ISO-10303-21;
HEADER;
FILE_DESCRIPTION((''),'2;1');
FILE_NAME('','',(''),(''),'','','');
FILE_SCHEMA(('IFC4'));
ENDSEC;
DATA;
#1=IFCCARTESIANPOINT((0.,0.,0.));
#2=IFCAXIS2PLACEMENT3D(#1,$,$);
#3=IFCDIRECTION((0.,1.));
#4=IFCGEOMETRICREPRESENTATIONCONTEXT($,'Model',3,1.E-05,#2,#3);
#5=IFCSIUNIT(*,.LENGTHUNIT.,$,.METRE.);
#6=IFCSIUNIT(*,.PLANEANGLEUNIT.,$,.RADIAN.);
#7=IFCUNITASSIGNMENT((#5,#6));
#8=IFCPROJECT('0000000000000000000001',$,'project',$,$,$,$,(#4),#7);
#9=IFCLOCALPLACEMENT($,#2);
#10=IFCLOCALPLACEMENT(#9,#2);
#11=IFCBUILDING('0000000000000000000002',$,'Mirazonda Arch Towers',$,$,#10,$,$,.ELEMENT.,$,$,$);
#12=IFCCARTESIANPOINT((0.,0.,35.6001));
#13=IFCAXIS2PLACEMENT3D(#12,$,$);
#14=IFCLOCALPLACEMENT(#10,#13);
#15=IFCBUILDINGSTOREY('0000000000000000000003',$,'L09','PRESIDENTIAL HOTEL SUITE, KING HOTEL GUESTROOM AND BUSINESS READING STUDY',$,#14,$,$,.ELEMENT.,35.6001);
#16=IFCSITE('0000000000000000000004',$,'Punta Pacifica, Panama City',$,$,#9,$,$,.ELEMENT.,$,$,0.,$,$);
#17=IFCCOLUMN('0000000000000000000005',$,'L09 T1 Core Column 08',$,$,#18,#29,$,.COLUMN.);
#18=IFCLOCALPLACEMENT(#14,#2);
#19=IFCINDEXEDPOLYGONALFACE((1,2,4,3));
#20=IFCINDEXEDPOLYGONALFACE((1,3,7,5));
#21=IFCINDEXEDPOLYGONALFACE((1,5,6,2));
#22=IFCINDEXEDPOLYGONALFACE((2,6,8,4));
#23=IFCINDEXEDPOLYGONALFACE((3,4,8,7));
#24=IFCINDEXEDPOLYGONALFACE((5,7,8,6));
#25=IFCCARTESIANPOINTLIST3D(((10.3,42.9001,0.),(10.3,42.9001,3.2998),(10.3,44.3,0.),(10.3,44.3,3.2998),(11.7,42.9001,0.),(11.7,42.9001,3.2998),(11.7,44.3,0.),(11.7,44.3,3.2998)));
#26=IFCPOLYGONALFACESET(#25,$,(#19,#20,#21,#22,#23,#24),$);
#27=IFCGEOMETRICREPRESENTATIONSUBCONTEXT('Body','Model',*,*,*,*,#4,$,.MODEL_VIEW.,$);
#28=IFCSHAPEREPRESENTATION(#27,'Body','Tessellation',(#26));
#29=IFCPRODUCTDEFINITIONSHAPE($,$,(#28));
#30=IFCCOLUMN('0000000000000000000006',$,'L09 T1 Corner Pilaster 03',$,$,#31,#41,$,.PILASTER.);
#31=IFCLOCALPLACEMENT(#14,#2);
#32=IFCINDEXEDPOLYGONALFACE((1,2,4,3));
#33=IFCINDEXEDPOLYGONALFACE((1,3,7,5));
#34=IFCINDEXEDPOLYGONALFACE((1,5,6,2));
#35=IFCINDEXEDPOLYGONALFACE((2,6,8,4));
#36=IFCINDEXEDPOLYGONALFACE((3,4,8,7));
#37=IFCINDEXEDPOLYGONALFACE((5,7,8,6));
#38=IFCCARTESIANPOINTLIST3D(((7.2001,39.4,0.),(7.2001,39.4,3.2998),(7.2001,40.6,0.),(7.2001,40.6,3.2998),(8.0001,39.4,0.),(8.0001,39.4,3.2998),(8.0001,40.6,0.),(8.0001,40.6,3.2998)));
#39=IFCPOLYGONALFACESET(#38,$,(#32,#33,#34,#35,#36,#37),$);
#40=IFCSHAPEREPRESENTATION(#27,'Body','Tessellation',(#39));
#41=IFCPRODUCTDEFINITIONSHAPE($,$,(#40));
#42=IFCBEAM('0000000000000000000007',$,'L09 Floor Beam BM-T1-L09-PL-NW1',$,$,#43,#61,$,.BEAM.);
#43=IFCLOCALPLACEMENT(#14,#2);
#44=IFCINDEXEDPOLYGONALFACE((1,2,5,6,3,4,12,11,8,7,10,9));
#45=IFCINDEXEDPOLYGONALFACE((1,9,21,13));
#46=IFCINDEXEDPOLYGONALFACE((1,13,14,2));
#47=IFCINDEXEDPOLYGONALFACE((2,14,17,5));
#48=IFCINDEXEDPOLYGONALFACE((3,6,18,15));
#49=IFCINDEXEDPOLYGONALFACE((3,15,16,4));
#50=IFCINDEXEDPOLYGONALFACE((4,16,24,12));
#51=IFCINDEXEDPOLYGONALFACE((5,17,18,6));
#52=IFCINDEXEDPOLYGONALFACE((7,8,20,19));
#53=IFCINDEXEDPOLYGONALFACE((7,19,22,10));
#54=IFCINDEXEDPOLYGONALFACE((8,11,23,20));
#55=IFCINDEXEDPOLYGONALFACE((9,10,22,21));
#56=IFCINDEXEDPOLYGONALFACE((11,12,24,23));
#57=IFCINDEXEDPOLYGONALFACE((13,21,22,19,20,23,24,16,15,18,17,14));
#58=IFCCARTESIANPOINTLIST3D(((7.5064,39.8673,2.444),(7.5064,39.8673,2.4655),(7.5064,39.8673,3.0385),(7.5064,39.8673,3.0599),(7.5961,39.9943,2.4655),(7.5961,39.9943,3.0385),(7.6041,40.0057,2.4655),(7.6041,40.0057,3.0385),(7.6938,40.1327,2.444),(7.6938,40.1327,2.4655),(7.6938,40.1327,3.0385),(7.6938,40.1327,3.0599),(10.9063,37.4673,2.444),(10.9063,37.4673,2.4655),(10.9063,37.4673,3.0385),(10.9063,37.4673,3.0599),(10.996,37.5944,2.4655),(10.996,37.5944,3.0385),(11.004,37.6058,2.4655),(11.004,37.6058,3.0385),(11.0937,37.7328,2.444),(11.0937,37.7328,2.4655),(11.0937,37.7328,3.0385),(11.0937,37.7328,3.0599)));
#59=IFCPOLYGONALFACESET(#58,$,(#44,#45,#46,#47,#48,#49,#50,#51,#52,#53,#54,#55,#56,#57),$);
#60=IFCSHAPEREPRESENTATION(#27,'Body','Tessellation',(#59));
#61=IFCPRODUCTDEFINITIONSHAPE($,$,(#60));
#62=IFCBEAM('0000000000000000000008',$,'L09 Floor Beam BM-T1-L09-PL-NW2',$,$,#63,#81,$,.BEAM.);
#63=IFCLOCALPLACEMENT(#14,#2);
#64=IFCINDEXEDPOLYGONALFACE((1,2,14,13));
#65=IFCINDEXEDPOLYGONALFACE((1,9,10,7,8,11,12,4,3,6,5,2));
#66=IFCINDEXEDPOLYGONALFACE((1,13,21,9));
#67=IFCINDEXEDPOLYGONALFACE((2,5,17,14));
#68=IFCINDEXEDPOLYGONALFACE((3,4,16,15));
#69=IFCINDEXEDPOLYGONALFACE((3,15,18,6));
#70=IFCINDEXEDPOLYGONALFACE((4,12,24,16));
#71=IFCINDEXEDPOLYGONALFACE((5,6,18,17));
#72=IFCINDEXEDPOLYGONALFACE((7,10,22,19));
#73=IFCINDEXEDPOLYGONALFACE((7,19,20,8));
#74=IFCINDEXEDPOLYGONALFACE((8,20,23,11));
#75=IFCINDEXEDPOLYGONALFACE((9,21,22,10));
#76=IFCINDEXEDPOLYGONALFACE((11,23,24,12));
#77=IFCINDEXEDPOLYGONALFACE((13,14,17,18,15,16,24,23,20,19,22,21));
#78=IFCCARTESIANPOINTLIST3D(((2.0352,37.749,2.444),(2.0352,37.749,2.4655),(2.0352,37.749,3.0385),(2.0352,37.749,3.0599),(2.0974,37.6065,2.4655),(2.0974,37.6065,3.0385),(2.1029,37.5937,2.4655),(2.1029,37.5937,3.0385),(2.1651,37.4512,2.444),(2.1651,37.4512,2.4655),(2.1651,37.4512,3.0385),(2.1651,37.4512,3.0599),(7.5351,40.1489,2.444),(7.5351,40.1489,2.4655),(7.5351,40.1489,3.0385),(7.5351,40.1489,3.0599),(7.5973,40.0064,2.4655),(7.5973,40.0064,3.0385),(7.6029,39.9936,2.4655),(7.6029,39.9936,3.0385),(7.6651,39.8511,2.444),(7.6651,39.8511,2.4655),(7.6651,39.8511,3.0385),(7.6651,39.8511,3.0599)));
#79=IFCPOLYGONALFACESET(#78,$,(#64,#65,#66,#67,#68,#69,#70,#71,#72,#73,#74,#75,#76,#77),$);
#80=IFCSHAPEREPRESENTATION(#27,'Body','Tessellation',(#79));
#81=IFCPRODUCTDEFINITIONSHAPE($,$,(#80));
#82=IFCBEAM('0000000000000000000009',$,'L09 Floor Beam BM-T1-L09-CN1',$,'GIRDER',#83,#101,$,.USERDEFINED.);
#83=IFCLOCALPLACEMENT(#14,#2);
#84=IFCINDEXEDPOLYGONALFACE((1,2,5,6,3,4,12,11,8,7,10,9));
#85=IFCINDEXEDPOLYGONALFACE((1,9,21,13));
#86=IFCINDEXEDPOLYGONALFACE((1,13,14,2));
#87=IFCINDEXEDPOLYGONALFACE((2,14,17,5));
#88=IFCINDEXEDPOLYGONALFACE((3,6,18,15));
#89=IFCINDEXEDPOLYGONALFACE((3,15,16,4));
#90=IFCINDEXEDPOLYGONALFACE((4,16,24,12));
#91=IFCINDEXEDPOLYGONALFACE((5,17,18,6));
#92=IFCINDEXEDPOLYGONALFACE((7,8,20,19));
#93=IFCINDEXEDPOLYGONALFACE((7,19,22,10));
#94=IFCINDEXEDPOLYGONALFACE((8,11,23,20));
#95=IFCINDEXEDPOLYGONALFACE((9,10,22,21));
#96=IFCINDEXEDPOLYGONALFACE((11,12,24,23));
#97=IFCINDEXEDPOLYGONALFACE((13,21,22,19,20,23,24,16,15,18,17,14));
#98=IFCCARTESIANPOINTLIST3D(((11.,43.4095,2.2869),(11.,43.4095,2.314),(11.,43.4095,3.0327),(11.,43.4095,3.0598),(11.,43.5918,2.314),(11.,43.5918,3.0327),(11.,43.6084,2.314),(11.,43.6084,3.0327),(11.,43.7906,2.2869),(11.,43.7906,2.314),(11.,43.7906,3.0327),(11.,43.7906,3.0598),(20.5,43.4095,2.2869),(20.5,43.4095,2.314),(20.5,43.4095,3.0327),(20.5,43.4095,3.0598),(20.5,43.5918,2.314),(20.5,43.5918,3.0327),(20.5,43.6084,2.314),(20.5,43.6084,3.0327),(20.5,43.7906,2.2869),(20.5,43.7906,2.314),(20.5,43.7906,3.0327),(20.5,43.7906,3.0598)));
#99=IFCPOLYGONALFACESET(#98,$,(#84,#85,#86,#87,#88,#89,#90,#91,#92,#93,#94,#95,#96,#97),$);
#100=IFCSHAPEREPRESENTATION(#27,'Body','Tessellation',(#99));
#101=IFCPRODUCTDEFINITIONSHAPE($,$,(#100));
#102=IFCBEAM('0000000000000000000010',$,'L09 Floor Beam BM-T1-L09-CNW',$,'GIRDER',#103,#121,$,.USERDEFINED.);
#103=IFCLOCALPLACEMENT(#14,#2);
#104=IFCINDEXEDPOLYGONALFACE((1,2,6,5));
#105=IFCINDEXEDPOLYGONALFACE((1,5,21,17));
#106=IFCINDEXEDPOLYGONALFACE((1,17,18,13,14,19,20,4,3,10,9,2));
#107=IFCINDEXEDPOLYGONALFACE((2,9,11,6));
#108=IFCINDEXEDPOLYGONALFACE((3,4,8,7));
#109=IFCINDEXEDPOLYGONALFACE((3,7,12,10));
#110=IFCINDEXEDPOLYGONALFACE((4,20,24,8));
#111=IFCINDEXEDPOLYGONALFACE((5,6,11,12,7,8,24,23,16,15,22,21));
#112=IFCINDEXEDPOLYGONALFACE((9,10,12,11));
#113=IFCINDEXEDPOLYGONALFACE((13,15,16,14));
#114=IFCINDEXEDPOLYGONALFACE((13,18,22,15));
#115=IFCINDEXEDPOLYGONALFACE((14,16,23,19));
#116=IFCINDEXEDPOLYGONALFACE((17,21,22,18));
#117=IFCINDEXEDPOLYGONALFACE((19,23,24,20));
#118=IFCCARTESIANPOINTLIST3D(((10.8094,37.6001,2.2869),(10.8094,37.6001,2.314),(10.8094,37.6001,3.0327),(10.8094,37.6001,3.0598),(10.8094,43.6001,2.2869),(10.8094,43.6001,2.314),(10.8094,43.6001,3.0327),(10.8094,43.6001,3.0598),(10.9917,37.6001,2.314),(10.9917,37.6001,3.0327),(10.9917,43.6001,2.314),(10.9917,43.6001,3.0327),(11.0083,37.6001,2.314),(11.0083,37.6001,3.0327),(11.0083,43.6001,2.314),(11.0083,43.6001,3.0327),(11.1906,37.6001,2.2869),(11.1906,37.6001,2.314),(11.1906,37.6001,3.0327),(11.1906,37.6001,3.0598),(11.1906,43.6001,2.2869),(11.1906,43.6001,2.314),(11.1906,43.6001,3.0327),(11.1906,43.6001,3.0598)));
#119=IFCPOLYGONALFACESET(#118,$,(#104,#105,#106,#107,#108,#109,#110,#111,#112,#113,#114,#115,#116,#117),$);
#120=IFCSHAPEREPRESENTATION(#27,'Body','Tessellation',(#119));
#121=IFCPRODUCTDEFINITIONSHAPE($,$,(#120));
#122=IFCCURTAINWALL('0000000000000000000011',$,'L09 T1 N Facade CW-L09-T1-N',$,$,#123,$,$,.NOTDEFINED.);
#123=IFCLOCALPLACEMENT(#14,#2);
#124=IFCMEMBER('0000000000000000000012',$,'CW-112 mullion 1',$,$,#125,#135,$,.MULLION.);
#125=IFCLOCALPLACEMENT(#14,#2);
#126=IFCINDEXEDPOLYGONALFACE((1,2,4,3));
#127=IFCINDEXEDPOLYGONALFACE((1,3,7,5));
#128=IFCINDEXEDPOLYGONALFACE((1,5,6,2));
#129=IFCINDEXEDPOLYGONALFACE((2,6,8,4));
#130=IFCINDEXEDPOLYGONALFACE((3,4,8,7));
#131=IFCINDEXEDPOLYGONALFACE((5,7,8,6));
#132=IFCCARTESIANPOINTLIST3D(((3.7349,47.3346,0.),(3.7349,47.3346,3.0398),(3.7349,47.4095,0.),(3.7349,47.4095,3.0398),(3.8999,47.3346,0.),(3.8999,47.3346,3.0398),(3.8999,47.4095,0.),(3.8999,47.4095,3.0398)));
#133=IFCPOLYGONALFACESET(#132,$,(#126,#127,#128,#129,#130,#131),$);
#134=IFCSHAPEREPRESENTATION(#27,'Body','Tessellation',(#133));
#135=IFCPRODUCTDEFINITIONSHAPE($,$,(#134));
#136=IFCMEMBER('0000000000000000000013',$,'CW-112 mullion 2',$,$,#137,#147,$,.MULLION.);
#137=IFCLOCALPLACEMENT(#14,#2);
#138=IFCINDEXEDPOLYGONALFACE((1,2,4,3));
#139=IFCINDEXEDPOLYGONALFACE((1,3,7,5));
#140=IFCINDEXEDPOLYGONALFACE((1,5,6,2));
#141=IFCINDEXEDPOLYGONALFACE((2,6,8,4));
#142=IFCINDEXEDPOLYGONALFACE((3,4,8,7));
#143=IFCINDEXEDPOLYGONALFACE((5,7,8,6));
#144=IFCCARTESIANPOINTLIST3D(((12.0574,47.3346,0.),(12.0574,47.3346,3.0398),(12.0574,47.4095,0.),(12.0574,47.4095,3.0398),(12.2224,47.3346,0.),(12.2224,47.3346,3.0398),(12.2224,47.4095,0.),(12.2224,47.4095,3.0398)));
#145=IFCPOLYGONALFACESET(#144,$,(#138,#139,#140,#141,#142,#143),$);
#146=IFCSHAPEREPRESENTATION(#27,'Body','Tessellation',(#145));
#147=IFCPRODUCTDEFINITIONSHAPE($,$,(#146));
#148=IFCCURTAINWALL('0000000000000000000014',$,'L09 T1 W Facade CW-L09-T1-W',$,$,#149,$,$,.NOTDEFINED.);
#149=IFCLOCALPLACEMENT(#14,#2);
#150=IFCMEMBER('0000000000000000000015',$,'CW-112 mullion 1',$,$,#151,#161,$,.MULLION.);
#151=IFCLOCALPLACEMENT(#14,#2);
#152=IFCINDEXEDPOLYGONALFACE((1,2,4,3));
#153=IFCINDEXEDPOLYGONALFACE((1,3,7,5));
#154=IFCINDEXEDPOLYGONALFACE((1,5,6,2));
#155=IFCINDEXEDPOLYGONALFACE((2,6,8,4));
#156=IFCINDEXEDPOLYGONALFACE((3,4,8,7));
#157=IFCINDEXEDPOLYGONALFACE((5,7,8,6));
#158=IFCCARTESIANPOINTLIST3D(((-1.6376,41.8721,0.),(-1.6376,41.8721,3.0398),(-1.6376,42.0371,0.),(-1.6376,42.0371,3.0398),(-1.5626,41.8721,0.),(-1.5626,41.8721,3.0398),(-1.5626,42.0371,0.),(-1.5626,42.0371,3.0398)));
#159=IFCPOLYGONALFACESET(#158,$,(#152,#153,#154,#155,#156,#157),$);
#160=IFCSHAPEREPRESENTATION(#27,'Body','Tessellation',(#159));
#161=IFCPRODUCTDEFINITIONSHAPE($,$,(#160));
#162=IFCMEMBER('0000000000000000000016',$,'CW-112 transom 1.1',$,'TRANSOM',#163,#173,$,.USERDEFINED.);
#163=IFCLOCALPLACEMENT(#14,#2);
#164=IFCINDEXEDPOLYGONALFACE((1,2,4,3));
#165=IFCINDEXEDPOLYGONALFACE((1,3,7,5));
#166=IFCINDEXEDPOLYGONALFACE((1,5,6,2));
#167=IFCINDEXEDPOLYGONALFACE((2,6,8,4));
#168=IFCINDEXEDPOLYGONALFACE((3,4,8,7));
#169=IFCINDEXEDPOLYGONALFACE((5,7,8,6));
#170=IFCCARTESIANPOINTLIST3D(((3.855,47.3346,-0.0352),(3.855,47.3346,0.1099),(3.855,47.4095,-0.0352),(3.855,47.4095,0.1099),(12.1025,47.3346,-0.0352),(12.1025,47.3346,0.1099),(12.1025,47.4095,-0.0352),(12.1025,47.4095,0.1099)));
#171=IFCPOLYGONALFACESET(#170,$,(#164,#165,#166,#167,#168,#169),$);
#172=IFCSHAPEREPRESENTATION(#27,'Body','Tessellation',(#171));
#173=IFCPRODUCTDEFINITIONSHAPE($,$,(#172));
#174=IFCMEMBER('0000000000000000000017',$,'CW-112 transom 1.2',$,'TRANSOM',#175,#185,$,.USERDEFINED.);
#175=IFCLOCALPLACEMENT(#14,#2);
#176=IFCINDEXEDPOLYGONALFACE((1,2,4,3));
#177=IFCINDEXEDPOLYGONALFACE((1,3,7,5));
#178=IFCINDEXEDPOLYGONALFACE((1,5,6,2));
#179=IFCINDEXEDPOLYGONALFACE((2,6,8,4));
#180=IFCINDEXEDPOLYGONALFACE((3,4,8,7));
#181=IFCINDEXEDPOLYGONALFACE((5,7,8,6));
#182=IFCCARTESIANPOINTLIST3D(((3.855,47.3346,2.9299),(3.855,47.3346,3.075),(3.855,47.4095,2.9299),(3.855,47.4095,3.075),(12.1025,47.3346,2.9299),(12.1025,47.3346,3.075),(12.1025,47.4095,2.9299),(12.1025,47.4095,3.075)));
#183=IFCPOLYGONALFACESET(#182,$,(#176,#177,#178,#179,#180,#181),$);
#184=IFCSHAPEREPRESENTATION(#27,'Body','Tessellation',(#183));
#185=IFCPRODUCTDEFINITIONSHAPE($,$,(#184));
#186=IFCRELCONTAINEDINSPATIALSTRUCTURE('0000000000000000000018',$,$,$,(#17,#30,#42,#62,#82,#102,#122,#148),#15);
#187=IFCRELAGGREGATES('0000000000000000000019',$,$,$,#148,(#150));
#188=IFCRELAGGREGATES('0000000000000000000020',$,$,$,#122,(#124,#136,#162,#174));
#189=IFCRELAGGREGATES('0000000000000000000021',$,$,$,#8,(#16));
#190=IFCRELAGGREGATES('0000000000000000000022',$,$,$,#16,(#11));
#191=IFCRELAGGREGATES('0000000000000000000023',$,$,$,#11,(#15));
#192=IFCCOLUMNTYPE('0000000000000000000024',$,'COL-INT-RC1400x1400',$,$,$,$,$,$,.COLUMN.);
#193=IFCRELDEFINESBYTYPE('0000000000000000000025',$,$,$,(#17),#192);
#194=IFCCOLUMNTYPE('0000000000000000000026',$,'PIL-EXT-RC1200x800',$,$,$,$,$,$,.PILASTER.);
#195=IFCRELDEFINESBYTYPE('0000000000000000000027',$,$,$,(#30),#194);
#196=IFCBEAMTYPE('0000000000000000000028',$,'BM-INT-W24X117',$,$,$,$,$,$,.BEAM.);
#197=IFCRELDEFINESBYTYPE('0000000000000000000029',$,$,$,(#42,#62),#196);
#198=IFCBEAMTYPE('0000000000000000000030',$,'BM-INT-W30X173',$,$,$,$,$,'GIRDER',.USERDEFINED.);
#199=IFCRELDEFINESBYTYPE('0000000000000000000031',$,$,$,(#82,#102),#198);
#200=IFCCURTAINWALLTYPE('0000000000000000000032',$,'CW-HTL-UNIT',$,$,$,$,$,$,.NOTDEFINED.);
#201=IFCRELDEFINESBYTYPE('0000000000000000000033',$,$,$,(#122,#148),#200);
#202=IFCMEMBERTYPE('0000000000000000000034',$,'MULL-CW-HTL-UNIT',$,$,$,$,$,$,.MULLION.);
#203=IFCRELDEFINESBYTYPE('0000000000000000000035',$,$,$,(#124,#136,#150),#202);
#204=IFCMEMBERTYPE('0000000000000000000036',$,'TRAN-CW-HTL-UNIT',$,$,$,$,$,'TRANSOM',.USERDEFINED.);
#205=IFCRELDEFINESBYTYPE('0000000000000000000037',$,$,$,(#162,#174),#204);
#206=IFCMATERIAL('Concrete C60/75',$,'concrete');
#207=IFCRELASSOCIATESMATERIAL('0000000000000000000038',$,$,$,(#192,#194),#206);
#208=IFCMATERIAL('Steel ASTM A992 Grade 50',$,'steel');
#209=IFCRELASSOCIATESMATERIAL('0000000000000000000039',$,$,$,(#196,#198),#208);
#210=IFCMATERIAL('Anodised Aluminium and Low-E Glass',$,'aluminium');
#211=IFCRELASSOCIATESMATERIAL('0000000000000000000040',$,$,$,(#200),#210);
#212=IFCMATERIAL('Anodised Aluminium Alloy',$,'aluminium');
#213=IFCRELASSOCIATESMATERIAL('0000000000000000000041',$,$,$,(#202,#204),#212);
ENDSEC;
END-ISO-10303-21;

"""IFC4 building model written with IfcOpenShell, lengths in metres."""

from ifc_helpers import new_model, si_unit, direction, frame, origin, origin_2d, place, context, subcontext, project, spatial, rectangle, i_section, extrude, material, material_profile, profile_set, type_object, element, aggregate, save


model = new_model("IFC4")

# Units and contexts
model_context = context("Model", 3, precision=1e-05, world=origin(), true_north=direction((0.0, 1.0)))
body_context = subcontext(model_context, "Body", "Model", "MODEL_VIEW")
ifc_project = project(units=[si_unit("LENGTHUNIT", "METRE"), si_unit("PLANEANGLEUNIT", "RADIAN")], contexts=[model_context])

# Site, building, storey
site_placement = place(None, origin())
site = spatial("IfcSite", under=ifc_project, at=site_placement, Name="Punta Pacifica, Panama City", CompositionType="ELEMENT", RefElevation=0.0)
building_placement = place(site_placement, origin())
building = spatial("IfcBuilding", under=site, at=building_placement, Name="Mirazonda Arch Towers", CompositionType="ELEMENT")
storey_placement = place(building_placement, frame((0.0, 0.0, 35.6001)))
storey = spatial("IfcBuildingStorey", under=building, at=storey_placement, Name="L09", Description="PRESIDENTIAL HOTEL SUITE, KING HOTEL GUESTROOM AND BUSINESS READING STUDY", CompositionType="ELEMENT", Elevation=35.6001)

# Columns
ifc_material_1 = material(Name="Concrete C60/75", Category="concrete")
ifc_material_profile_1 = material_profile(ifc_material_1, rectangle(XDim=1.3999, YDim=1.3999, at=origin_2d()), Name="RC1400x1400")
ifc_profile_set_1 = profile_set([ifc_material_profile_1], Name="Concrete C60/75")
column_type_1 = type_object("IfcColumnType", Name="COL-INT-RC1400x1400", PredefinedType="COLUMN", material=ifc_profile_set_1)
column_1_placement = place(storey_placement, frame((11.0, 43.6001, 0.0), z_axis=(0.0, 0.0, 1.0), x_axis=(1.0, 0.0, 0.0)))
element("IfcColumn", 1, at=column_1_placement, inside=storey, type_object=column_type_1, Name="L09 T1 Core Column 08", PredefinedType="COLUMN", context=body_context, shape_type="SweptSolid", body=[
    extrude(rectangle(XDim=1.3999, YDim=1.3999, at=origin_2d()), origin(), (0.0, 0.0, 1.0), 3.2998),
])
ifc_material_profile_2 = material_profile(ifc_material_1, rectangle(XDim=0.8, YDim=1.2, at=origin_2d()), Name="RC1200x800")
ifc_profile_set_2 = profile_set([ifc_material_profile_2], Name="Concrete C60/75")
column_type_2 = type_object("IfcColumnType", Name="PIL-EXT-RC1200x800", PredefinedType="PILASTER", material=ifc_profile_set_2)
column_2_placement = place(storey_placement, frame((7.6001, 40.0, 0.0), z_axis=(0.0, 0.0, 1.0), x_axis=(1.0, 0.0, 0.0)))
element("IfcColumn", 2, at=column_2_placement, inside=storey, type_object=column_type_2, Name="L09 T1 Corner Pilaster 03", PredefinedType="PILASTER", context=body_context, shape_type="SweptSolid", body=[
    extrude(rectangle(XDim=0.8, YDim=1.2, at=origin_2d()), origin(), (0.0, 0.0, 1.0), 3.2998),
])

# Beams
ifc_material_2 = material(Name="Steel ASTM A992 Grade 50", Category="steel")
ifc_material_profile_3 = material_profile(ifc_material_2, i_section(OverallWidth=0.325, OverallDepth=0.616, WebThickness=0.0139, FlangeThickness=0.0215, at=origin_2d()), Name="W24X117")
ifc_profile_set_3 = profile_set([ifc_material_profile_3], Name="Steel ASTM A992 Grade 50")
beam_type_1 = type_object("IfcBeamType", Name="BM-INT-W24X117", PredefinedType="BEAM", material=ifc_profile_set_3)
beam_1_placement = place(storey_placement, frame((7.6001, 40.0, 2.752), z_axis=(0.816971, -0.576679, 0.0), x_axis=(0.576679, 0.816971, 0.0)))
element("IfcBeam", 3, at=beam_1_placement, inside=storey, type_object=beam_type_1, Name="L09 Floor Beam BM-T1-L09-PL-NW1", PredefinedType="BEAM", context=body_context, shape_type="SweptSolid", body=[
    extrude(i_section(OverallWidth=0.325, OverallDepth=0.616, WebThickness=0.0139, FlangeThickness=0.0215, at=origin_2d()), origin(), (0.0, 0.0, 1.0), 4.1616),
])
beam_2_placement = place(storey_placement, frame((7.6001, 40.0, 2.752), z_axis=(-0.916545, -0.399931, 0.0), x_axis=(0.399931, -0.916545, 0.0)))
element("IfcBeam", 4, at=beam_2_placement, inside=storey, type_object=beam_type_1, Name="L09 Floor Beam BM-T1-L09-PL-NW2", PredefinedType="BEAM", context=body_context, shape_type="SweptSolid", body=[
    extrude(i_section(OverallWidth=0.325, OverallDepth=0.616, WebThickness=0.0139, FlangeThickness=0.0215, at=origin_2d()), origin(), (0.0, 0.0, 1.0), 6.0007),
])
ifc_material_profile_4 = material_profile(ifc_material_2, i_section(OverallWidth=0.3811, OverallDepth=0.7729, WebThickness=0.0166, FlangeThickness=0.0271, at=origin_2d()), Name="W30X173")
ifc_profile_set_4 = profile_set([ifc_material_profile_4], Name="Steel ASTM A992 Grade 50")
beam_type_2 = type_object("IfcBeamType", Name="BM-INT-W30X173", ElementType="GIRDER", PredefinedType="USERDEFINED", material=ifc_profile_set_4)
beam_3_placement = place(storey_placement, frame((11.0, 43.6001, 2.6733), z_axis=(1.0, 0.0, 0.0), x_axis=(0.0, 1.0, 0.0)))
element("IfcBeam", 5, at=beam_3_placement, inside=storey, type_object=beam_type_2, Name="L09 Floor Beam BM-T1-L09-CN1", ObjectType="GIRDER", PredefinedType="USERDEFINED", context=body_context, shape_type="SweptSolid", body=[
    extrude(i_section(OverallWidth=0.3811, OverallDepth=0.7729, WebThickness=0.0166, FlangeThickness=0.0271, at=origin_2d()), origin(), (0.0, 0.0, 1.0), 9.5),
])
beam_4_placement = place(storey_placement, frame((11.0, 37.6001, 2.6733), z_axis=(0.0, 1.0, 0.0), x_axis=(-1.0, 0.0, 0.0)))
element("IfcBeam", 6, at=beam_4_placement, inside=storey, type_object=beam_type_2, Name="L09 Floor Beam BM-T1-L09-CNW", ObjectType="GIRDER", PredefinedType="USERDEFINED", context=body_context, shape_type="SweptSolid", body=[
    extrude(i_section(OverallWidth=0.3811, OverallDepth=0.7729, WebThickness=0.0166, FlangeThickness=0.0271, at=origin_2d()), origin(), (0.0, 0.0, 1.0), 6.0),
])

# Curtain wall, members
ifc_material_3 = material(Name="Anodised Aluminium and Low-E Glass", Category="aluminium")
curtain_wall_type = type_object("IfcCurtainWallType", Name="CW-HTL-UNIT", PredefinedType="NOTDEFINED", material=ifc_material_3)
curtain_wall_1_placement = place(storey_placement, origin())
curtain_wall_1 = element("IfcCurtainWall", 7, at=curtain_wall_1_placement, inside=storey, type_object=curtain_wall_type, Name="L09 T1 N Facade CW-L09-T1-N", PredefinedType="NOTDEFINED")
ifc_material_4 = material(Name="Anodised Aluminium Alloy", Category="aluminium")
ifc_material_profile_5 = material_profile(ifc_material_4, rectangle(XDim=0.075, YDim=0.165, at=origin_2d()), Name="ALU-MULL-75x165")
ifc_profile_set_5 = profile_set([ifc_material_profile_5], Name="Anodised Aluminium Alloy")
member_type_1 = type_object("IfcMemberType", Name="MULL-CW-HTL-UNIT", PredefinedType="MULLION", material=ifc_profile_set_5)
member_1_placement = place(storey_placement, frame((3.8174, 47.3721, 0.0), z_axis=(0.0, 0.0, 1.0), x_axis=(0.0, 1.0, 0.0)))
member_1 = element("IfcMember", 8, at=member_1_placement, type_object=member_type_1, Name="CW-112 mullion 1", PredefinedType="MULLION", context=body_context, shape_type="SweptSolid", body=[
    extrude(rectangle(XDim=0.075, YDim=0.165, at=origin_2d()), origin(), (0.0, 0.0, 1.0), 3.0398),
])
member_2_placement = place(storey_placement, frame((12.1399, 47.3721, 0.0), z_axis=(0.0, 0.0, 1.0), x_axis=(0.0, 1.0, 0.0)))
member_2 = element("IfcMember", 9, at=member_2_placement, type_object=member_type_1, Name="CW-112 mullion 2", PredefinedType="MULLION", context=body_context, shape_type="SweptSolid", body=[
    extrude(rectangle(XDim=0.075, YDim=0.165, at=origin_2d()), origin(), (0.0, 0.0, 1.0), 3.0398),
])

# Curtain wall, member
curtain_wall_2_placement = place(storey_placement, origin())
curtain_wall_2 = element("IfcCurtainWall", 10, at=curtain_wall_2_placement, inside=storey, type_object=curtain_wall_type, Name="L09 T1 W Facade CW-L09-T1-W", PredefinedType="NOTDEFINED")
member_3_placement = place(storey_placement, frame((-1.6001, 41.9546, 0.0), z_axis=(0.0, 0.0, 1.0), x_axis=(1.0, 0.0, 0.0)))
member_3 = element("IfcMember", 11, at=member_3_placement, type_object=member_type_1, Name="CW-112 mullion 1", PredefinedType="MULLION", context=body_context, shape_type="SweptSolid", body=[
    extrude(rectangle(XDim=0.075, YDim=0.165, at=origin_2d()), origin(), (0.0, 0.0, 1.0), 3.0398),
])

# Members
ifc_material_profile_6 = material_profile(ifc_material_4, rectangle(XDim=0.075, YDim=0.145, at=origin_2d()), Name="ALU-TRAN-75x145")
ifc_profile_set_6 = profile_set([ifc_material_profile_6], Name="Anodised Aluminium Alloy")
member_type_2 = type_object("IfcMemberType", Name="TRAN-CW-HTL-UNIT", ElementType="TRANSOM", PredefinedType="USERDEFINED", material=ifc_profile_set_6)
member_4_placement = place(storey_placement, frame((3.855, 47.3721, 0.0374), z_axis=(1.0, 0.0, 0.0), x_axis=(0.0, 1.0, 0.0)))
member_4 = element("IfcMember", 12, at=member_4_placement, type_object=member_type_2, Name="CW-112 transom 1.1", ObjectType="TRANSOM", PredefinedType="USERDEFINED", context=body_context, shape_type="SweptSolid", body=[
    extrude(rectangle(XDim=0.075, YDim=0.145, at=origin_2d()), origin(), (0.0, 0.0, 1.0), 8.2476),
])
member_5_placement = place(storey_placement, frame((3.855, 47.3721, 3.0024), z_axis=(1.0, 0.0, 0.0), x_axis=(0.0, 1.0, 0.0)))
member_5 = element("IfcMember", 13, at=member_5_placement, type_object=member_type_2, Name="CW-112 transom 1.2", ObjectType="TRANSOM", PredefinedType="USERDEFINED", context=body_context, shape_type="SweptSolid", body=[
    extrude(rectangle(XDim=0.075, YDim=0.145, at=origin_2d()), origin(), (0.0, 0.0, 1.0), 8.2476),
])
aggregate(curtain_wall_2, [member_3])

aggregate(curtain_wall_1, [member_1, member_2, member_4, member_5])

save(model, "model.ifc")
